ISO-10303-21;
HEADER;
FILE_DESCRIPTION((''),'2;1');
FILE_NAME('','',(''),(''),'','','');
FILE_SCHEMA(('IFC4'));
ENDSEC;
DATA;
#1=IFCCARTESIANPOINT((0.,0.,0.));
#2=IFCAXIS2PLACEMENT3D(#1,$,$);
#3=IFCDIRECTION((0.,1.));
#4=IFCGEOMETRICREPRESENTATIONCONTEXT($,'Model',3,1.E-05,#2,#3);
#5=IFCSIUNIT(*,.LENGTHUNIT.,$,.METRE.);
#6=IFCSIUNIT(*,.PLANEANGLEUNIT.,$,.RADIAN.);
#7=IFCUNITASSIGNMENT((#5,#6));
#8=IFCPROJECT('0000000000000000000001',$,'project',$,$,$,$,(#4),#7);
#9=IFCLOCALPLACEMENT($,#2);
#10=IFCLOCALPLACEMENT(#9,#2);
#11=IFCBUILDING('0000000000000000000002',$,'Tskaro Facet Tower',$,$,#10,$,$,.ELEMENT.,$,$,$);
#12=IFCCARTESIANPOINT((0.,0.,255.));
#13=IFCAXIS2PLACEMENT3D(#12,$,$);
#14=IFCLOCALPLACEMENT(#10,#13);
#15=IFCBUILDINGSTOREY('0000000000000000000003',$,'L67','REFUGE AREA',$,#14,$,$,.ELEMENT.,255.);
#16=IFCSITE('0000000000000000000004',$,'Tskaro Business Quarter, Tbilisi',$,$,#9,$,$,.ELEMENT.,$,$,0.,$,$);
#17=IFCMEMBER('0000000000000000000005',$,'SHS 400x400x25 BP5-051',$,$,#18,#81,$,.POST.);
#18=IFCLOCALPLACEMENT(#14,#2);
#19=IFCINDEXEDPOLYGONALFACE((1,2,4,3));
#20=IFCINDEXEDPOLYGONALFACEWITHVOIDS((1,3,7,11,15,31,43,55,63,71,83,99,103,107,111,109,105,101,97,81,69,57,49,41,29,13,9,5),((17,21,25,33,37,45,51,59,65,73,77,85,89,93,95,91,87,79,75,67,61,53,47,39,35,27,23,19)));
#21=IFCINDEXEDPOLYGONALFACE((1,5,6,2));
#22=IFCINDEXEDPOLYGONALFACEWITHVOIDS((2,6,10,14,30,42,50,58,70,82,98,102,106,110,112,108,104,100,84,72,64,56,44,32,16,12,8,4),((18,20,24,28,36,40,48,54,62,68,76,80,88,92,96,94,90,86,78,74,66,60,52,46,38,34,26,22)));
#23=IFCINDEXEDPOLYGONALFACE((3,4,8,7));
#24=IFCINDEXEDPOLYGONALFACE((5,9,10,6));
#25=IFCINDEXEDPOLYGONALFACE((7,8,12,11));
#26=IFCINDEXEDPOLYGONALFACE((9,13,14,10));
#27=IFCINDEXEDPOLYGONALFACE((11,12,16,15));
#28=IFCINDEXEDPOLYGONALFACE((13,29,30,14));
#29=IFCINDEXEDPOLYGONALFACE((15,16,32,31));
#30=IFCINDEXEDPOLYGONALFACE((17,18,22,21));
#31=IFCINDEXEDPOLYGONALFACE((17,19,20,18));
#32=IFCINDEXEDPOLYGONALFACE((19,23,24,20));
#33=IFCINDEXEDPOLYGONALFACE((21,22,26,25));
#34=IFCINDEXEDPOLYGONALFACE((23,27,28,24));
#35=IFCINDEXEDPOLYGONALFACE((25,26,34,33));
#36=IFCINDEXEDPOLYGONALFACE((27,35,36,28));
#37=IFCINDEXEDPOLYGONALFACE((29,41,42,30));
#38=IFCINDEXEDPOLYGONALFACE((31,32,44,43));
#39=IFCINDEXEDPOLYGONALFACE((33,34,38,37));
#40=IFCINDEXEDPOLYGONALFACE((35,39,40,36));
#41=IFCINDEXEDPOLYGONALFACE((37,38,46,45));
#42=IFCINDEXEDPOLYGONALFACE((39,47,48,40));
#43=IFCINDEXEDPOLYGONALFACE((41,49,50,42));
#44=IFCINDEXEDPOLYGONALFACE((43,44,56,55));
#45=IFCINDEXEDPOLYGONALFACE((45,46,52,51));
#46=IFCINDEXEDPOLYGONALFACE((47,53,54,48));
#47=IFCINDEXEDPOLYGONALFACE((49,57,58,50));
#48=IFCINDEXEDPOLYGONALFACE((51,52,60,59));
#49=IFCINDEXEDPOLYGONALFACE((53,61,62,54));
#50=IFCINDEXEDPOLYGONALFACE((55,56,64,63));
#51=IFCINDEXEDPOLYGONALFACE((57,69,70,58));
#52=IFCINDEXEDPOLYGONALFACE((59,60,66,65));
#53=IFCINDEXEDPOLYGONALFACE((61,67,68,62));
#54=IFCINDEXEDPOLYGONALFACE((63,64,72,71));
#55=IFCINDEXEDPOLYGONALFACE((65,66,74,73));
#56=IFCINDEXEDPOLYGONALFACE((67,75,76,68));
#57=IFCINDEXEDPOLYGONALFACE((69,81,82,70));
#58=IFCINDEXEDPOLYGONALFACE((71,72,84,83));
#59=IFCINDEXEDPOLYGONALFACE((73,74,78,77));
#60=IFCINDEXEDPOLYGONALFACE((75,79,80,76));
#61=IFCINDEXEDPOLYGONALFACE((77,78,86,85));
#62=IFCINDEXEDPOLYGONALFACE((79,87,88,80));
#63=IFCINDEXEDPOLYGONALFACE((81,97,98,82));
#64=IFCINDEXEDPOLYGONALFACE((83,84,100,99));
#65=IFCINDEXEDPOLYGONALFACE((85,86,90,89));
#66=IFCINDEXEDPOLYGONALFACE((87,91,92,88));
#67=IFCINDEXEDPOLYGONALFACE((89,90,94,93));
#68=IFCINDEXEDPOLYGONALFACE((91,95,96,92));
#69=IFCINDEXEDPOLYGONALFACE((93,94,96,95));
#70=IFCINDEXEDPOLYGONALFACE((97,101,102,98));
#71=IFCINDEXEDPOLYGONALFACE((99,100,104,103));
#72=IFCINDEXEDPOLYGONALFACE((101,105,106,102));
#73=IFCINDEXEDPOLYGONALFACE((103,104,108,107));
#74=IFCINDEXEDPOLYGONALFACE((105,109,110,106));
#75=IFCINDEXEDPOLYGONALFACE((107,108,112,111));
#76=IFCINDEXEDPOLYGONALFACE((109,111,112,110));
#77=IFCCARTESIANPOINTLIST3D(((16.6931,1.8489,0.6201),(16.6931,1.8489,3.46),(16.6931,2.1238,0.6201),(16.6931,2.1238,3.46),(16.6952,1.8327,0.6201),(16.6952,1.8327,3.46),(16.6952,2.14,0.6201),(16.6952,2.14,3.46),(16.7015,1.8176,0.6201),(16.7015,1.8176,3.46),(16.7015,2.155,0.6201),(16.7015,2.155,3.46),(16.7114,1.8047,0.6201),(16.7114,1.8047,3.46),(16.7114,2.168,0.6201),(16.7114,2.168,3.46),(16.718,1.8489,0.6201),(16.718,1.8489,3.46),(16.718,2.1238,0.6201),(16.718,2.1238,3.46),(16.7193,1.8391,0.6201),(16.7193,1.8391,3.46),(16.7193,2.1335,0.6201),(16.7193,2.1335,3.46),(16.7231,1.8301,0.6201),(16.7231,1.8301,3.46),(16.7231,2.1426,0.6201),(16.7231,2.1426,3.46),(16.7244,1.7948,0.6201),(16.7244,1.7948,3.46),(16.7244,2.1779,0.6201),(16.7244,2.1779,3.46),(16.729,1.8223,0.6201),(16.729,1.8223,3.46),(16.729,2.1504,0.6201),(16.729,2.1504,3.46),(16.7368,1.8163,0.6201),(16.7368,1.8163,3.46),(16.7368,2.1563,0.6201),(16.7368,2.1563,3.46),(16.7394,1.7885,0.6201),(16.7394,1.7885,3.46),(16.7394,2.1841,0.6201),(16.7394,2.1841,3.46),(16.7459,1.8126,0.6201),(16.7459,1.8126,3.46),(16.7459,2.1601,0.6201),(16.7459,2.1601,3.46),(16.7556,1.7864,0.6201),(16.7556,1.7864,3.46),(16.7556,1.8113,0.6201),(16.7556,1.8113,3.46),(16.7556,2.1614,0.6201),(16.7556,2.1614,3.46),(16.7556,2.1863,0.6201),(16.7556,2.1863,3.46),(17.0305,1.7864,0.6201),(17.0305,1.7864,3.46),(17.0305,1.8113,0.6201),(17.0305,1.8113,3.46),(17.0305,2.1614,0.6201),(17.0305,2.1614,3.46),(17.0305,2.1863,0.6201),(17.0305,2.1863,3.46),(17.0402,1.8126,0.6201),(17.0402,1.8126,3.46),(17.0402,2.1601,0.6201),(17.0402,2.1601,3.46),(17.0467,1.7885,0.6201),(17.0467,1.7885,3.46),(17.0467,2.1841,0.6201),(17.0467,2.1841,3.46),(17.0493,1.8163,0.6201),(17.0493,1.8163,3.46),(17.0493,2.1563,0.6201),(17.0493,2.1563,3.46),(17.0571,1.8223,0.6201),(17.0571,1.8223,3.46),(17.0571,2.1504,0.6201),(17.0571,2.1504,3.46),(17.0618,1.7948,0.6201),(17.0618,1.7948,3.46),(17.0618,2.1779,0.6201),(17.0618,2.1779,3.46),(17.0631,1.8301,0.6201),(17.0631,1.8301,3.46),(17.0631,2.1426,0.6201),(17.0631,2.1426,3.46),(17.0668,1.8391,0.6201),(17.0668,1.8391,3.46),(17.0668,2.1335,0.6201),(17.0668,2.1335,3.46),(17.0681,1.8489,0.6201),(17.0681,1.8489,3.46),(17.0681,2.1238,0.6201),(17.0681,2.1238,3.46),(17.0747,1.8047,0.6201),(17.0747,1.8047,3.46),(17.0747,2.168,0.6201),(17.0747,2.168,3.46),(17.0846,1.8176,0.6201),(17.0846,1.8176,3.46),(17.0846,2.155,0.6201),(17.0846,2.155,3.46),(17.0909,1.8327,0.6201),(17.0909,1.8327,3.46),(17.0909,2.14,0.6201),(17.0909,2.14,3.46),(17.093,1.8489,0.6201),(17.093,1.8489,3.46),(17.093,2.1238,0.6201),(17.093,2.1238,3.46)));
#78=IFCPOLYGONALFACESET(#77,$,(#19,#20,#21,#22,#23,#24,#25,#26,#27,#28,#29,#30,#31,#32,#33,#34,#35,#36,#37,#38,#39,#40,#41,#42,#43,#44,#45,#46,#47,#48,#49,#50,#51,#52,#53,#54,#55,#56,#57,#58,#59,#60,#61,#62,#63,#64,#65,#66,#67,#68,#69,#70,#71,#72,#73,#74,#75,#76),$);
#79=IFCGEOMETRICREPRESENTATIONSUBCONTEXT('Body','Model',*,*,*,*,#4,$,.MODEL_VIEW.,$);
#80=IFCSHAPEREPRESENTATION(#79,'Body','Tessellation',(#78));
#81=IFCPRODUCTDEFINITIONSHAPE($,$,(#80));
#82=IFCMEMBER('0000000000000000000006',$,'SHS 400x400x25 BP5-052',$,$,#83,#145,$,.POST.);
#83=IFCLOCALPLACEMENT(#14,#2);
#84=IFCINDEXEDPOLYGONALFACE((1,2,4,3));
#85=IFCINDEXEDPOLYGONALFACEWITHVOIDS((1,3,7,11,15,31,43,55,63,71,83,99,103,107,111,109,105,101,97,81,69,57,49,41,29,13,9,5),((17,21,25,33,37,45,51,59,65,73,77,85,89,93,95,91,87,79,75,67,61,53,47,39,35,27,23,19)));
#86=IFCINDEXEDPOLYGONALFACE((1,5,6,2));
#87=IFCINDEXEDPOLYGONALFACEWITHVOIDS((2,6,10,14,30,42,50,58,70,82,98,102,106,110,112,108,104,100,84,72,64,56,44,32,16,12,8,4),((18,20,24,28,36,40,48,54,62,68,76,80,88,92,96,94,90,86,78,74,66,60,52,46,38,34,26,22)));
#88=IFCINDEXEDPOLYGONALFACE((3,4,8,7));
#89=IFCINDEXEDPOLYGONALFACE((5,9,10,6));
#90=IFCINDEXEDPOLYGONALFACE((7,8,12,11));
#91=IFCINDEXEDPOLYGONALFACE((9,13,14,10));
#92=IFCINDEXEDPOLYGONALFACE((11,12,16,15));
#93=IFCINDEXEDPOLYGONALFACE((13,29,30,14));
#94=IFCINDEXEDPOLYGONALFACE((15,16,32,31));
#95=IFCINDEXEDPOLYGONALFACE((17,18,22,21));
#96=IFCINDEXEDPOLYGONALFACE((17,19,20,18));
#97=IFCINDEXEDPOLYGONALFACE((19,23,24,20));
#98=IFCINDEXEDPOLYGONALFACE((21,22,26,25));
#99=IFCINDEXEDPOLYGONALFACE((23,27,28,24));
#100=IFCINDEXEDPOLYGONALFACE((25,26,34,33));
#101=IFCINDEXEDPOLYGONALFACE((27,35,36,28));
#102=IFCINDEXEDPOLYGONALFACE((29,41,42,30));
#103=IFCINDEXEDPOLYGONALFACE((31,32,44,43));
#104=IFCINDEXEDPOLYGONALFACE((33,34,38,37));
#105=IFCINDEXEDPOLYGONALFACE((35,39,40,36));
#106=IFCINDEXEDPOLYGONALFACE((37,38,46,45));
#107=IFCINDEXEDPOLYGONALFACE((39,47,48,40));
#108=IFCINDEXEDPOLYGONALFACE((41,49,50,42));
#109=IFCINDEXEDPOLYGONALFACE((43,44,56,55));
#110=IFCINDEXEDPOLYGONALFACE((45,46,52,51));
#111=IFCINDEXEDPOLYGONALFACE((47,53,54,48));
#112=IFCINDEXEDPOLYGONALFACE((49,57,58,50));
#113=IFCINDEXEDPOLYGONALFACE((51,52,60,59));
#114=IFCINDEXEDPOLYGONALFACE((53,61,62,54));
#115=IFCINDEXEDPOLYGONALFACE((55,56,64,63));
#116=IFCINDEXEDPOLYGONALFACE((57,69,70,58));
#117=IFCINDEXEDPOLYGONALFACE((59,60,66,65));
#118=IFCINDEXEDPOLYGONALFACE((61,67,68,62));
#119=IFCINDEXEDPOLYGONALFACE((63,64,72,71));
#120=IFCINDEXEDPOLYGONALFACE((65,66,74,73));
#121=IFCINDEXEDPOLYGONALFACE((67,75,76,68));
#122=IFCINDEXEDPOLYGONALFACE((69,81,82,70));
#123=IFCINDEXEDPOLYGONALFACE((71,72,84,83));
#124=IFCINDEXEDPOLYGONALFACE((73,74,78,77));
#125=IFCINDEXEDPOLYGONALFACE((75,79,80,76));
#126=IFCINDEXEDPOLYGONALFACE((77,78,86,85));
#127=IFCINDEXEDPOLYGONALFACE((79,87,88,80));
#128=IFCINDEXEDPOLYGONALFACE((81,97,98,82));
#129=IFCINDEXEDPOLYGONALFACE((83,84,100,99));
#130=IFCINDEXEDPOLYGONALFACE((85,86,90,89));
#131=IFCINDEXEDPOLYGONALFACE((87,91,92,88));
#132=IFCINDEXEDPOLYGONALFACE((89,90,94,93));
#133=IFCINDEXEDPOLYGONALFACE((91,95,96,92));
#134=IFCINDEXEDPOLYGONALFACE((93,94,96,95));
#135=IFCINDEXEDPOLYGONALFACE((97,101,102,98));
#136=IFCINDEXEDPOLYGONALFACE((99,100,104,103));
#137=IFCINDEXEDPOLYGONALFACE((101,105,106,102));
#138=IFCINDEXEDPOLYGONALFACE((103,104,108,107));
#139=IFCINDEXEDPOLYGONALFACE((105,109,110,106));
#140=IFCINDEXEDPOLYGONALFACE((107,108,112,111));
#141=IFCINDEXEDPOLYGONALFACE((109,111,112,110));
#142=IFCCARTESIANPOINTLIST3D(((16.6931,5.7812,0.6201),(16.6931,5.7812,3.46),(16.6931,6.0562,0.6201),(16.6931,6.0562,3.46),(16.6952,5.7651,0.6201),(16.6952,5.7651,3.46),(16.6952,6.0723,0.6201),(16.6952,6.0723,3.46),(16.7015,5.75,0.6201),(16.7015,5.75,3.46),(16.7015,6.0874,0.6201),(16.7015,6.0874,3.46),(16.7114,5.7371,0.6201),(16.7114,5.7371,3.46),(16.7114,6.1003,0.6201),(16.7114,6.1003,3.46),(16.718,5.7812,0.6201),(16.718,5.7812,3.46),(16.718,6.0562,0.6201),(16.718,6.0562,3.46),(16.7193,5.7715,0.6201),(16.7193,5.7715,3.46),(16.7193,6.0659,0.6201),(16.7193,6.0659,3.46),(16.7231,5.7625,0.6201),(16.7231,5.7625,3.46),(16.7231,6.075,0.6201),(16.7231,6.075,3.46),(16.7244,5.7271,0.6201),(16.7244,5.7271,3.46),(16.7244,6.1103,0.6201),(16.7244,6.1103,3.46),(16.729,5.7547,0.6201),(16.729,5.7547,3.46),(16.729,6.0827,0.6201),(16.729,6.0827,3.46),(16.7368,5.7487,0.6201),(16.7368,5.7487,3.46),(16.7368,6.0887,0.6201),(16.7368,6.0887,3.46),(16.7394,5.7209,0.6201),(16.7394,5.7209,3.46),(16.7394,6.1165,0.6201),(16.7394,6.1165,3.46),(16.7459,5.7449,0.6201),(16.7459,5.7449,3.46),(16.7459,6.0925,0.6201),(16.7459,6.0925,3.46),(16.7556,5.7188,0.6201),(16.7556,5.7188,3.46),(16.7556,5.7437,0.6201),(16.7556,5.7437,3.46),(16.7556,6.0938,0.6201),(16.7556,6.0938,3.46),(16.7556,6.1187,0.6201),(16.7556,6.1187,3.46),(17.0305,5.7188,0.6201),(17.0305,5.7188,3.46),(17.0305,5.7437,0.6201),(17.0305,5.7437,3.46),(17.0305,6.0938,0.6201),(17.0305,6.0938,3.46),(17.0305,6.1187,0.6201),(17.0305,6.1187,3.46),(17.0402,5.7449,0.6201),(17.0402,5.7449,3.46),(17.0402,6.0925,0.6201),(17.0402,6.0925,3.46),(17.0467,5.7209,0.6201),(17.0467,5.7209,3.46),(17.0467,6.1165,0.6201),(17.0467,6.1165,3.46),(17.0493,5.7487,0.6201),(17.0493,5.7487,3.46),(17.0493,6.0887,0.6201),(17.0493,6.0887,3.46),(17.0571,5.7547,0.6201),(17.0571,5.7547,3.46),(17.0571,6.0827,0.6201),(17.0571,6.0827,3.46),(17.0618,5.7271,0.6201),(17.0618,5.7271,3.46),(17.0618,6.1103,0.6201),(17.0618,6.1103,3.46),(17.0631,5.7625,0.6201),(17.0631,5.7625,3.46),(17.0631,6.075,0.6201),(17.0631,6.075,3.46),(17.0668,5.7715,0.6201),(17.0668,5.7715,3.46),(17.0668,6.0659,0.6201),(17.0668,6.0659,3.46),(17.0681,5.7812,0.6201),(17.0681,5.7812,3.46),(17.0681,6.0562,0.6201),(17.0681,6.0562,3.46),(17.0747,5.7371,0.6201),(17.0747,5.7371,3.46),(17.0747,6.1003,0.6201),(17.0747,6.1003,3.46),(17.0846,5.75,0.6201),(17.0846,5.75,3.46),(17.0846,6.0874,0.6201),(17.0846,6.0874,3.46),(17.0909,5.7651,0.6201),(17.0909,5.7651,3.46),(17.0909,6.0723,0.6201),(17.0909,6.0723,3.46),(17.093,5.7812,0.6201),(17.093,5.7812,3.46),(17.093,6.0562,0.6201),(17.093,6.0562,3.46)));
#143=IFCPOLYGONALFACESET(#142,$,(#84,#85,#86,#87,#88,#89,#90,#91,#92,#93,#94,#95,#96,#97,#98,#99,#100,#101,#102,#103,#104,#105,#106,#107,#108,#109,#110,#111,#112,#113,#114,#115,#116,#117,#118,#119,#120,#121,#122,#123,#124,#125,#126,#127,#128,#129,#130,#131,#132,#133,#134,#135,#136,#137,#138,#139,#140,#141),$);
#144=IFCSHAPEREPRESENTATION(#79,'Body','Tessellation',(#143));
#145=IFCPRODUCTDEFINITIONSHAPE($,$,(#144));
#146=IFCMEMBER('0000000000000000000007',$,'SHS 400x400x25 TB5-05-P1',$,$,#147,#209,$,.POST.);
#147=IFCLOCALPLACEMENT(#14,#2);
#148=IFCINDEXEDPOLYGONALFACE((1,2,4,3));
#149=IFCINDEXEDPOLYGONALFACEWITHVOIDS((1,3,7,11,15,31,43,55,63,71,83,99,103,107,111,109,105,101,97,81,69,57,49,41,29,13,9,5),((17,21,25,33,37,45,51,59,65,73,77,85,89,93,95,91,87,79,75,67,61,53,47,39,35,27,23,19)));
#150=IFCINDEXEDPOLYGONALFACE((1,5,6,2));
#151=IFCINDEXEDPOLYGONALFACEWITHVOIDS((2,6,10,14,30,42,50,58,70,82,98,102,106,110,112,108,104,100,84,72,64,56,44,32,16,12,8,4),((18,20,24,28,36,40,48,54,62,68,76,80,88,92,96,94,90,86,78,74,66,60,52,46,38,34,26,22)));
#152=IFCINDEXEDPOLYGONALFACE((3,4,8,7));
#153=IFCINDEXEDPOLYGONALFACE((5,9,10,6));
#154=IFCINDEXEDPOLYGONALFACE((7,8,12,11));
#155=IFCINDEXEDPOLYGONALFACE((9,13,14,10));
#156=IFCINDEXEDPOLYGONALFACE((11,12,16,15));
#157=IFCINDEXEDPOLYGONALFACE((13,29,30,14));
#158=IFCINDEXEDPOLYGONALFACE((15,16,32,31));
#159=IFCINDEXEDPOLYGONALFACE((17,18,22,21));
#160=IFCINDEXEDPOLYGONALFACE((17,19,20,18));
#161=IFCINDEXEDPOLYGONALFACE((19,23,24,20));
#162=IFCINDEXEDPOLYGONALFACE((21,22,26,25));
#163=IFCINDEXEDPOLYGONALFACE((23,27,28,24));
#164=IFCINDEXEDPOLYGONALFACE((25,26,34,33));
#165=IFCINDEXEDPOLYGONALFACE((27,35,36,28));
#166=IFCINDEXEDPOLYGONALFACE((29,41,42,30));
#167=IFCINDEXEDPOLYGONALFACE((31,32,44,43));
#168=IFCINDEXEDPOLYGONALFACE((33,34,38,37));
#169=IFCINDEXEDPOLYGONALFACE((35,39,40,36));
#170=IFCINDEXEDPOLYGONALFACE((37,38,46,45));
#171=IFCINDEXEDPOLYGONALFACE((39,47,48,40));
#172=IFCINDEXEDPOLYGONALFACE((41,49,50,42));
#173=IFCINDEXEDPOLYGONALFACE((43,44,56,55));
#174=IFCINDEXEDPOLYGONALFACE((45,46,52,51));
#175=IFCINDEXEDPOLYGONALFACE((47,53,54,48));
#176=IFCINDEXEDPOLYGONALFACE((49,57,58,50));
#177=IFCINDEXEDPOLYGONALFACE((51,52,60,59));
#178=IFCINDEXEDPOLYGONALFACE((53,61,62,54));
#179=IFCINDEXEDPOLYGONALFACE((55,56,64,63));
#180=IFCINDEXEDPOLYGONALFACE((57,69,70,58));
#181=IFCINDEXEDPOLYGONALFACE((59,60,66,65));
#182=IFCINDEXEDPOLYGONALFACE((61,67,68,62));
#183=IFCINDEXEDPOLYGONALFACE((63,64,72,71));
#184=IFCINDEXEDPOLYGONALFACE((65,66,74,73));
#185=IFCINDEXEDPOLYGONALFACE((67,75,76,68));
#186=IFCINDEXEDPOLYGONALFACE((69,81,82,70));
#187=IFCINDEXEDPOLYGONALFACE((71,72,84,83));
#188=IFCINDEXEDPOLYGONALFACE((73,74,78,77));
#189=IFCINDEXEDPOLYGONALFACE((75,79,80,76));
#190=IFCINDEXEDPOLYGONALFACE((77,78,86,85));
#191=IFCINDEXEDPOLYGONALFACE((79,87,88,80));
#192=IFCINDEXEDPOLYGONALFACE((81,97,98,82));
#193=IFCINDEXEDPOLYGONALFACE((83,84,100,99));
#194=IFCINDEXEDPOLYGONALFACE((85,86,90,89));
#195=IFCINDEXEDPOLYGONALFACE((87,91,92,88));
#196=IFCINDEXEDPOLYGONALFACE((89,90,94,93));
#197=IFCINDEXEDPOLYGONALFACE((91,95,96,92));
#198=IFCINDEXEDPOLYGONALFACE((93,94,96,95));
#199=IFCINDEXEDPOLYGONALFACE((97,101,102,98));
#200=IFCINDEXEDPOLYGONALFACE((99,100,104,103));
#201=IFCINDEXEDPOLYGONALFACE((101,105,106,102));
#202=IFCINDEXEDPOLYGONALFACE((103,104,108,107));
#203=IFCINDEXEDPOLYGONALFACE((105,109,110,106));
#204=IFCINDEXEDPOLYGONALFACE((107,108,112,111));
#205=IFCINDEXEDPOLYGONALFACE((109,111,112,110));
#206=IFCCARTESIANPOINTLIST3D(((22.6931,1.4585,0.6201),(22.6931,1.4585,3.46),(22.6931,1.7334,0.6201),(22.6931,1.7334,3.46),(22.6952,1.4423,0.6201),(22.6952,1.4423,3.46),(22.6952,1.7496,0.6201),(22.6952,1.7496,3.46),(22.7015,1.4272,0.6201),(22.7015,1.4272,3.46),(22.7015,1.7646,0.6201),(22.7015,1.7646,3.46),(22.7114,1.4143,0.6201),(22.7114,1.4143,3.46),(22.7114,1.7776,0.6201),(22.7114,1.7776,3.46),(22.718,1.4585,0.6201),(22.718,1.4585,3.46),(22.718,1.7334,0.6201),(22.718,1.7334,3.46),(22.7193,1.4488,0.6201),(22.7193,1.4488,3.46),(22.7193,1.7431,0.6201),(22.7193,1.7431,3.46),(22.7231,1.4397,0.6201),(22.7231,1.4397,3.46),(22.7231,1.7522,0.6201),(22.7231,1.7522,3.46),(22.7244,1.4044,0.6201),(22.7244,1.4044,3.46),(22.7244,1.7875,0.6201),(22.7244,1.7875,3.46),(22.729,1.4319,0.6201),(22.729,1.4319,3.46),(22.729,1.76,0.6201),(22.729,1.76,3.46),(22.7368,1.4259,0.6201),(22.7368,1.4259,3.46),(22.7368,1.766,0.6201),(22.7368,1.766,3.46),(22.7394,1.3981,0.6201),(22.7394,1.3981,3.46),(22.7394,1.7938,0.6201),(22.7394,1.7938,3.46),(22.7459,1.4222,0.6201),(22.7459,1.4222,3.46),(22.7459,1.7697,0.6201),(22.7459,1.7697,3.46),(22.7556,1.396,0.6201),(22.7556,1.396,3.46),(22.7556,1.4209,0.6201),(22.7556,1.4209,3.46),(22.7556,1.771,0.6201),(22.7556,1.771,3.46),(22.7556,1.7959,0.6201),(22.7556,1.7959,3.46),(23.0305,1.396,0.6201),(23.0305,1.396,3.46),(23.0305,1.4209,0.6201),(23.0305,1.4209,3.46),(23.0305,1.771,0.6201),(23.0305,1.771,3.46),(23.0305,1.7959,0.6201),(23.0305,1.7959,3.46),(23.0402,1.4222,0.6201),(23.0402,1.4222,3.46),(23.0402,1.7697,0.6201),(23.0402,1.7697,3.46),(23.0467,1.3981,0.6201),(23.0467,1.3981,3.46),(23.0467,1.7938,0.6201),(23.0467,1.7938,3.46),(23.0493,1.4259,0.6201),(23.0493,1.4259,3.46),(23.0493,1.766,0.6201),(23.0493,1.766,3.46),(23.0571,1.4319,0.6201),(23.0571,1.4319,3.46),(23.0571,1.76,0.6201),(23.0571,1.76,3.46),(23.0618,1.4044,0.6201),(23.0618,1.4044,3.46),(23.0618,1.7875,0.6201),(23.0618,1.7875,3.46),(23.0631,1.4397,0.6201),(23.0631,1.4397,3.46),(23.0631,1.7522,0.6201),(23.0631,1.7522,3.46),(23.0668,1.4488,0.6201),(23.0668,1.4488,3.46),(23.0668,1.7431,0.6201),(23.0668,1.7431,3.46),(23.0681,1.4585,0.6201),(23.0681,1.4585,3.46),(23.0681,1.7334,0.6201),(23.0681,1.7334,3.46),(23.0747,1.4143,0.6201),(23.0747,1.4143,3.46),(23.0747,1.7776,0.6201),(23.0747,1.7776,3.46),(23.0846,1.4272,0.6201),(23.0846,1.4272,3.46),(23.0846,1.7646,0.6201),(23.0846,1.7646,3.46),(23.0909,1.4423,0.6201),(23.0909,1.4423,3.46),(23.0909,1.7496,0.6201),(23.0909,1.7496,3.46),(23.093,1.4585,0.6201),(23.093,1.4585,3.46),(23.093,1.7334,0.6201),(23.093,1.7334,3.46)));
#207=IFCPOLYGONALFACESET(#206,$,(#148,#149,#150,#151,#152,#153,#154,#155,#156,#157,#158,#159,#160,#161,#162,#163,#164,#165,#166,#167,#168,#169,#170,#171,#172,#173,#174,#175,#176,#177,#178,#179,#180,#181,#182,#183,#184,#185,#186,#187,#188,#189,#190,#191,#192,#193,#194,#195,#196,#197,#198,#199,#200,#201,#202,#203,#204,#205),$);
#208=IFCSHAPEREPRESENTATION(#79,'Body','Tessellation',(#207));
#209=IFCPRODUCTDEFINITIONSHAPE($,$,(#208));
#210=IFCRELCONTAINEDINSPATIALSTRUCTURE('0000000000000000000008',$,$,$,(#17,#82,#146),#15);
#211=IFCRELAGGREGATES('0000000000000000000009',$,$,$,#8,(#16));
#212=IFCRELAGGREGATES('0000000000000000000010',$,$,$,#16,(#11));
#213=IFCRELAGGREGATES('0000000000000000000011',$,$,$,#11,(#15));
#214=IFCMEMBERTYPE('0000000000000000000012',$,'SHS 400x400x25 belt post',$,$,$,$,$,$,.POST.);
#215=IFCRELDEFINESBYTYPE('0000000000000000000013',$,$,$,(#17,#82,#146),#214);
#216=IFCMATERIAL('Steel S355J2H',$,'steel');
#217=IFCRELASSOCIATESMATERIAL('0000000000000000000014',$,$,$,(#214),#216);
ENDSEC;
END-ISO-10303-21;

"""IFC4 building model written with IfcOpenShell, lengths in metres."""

from ifc_helpers import new_model, si_unit, direction, frame, origin, origin_2d, place, context, subcontext, project, spatial, hollow_rectangle, extrude, material, material_profile, profile_set, type_object, element, save


model = new_model("IFC4")

# Units and contexts
model_context = context("Model", 3, precision=1e-05, world=origin(), true_north=direction((0.0, 1.0)))
body_context = subcontext(model_context, "Body", "Model", "MODEL_VIEW")
ifc_project = project(units=[si_unit("LENGTHUNIT", "METRE"), si_unit("PLANEANGLEUNIT", "RADIAN")], contexts=[model_context])

# Site, building, storey
site_placement = place(None, origin())
site = spatial("IfcSite", under=ifc_project, at=site_placement, Name="Tskaro Business Quarter, Tbilisi", CompositionType="ELEMENT", RefElevation=0.0)
building_placement = place(site_placement, origin())
building = spatial("IfcBuilding", under=site, at=building_placement, Name="Tskaro Facet Tower", CompositionType="ELEMENT")
storey_placement = place(building_placement, frame((0.0, 0.0, 255.0)))
storey = spatial("IfcBuildingStorey", under=building, at=storey_placement, Name="L67", Description="REFUGE AREA", CompositionType="ELEMENT", Elevation=255.0)

# Shared definitions
ifc_material_1 = material(Name="Steel S355J2H", Category="steel")

# Members
ifc_material_profile_1 = material_profile(ifc_material_1, hollow_rectangle(XDim=0.3999, YDim=0.3999, WallThickness=0.0249, InnerFilletRadius=0.0376, OuterFilletRadius=0.0625, at=origin_2d()), Name="SHS 400x400x25")
ifc_profile_set_1 = profile_set([ifc_material_profile_1], Name="Steel S355J2H")
member_type_1 = type_object("IfcMemberType", Name="SHS 400x400x25 belt post", PredefinedType="POST", material=ifc_profile_set_1)
for number, where, z_axis, x_axis, name in (
    (1, (16.8931, 1.9863, 0.6201), (0.0, 0.0, 1.0), (1.0, 0.0, 0.0), "SHS 400x400x25 BP5-051"),
    (2, (16.8931, 5.9187, 0.6201), (0.0, 0.0, 1.0), (1.0, 0.0, 0.0), "SHS 400x400x25 BP5-052"),
    (3, (22.8931, 1.5959, 0.6201), (0.0, 0.0, 1.0), (1.0, 0.0, 0.0), "SHS 400x400x25 TB5-05-P1"),
):
    element("IfcMember", number, at=place(storey_placement, frame(where, z_axis=z_axis, x_axis=x_axis)), inside=storey, type_object=member_type_1, Name=name, PredefinedType="POST", context=body_context, shape_type="SweptSolid", body=[
        extrude(hollow_rectangle(XDim=0.3999, YDim=0.3999, WallThickness=0.0249, InnerFilletRadius=0.0376, OuterFilletRadius=0.0625, at=origin_2d()), origin(), (0.0, 0.0, 1.0), 2.8398),
    ])

save(model, "model.ifc")
